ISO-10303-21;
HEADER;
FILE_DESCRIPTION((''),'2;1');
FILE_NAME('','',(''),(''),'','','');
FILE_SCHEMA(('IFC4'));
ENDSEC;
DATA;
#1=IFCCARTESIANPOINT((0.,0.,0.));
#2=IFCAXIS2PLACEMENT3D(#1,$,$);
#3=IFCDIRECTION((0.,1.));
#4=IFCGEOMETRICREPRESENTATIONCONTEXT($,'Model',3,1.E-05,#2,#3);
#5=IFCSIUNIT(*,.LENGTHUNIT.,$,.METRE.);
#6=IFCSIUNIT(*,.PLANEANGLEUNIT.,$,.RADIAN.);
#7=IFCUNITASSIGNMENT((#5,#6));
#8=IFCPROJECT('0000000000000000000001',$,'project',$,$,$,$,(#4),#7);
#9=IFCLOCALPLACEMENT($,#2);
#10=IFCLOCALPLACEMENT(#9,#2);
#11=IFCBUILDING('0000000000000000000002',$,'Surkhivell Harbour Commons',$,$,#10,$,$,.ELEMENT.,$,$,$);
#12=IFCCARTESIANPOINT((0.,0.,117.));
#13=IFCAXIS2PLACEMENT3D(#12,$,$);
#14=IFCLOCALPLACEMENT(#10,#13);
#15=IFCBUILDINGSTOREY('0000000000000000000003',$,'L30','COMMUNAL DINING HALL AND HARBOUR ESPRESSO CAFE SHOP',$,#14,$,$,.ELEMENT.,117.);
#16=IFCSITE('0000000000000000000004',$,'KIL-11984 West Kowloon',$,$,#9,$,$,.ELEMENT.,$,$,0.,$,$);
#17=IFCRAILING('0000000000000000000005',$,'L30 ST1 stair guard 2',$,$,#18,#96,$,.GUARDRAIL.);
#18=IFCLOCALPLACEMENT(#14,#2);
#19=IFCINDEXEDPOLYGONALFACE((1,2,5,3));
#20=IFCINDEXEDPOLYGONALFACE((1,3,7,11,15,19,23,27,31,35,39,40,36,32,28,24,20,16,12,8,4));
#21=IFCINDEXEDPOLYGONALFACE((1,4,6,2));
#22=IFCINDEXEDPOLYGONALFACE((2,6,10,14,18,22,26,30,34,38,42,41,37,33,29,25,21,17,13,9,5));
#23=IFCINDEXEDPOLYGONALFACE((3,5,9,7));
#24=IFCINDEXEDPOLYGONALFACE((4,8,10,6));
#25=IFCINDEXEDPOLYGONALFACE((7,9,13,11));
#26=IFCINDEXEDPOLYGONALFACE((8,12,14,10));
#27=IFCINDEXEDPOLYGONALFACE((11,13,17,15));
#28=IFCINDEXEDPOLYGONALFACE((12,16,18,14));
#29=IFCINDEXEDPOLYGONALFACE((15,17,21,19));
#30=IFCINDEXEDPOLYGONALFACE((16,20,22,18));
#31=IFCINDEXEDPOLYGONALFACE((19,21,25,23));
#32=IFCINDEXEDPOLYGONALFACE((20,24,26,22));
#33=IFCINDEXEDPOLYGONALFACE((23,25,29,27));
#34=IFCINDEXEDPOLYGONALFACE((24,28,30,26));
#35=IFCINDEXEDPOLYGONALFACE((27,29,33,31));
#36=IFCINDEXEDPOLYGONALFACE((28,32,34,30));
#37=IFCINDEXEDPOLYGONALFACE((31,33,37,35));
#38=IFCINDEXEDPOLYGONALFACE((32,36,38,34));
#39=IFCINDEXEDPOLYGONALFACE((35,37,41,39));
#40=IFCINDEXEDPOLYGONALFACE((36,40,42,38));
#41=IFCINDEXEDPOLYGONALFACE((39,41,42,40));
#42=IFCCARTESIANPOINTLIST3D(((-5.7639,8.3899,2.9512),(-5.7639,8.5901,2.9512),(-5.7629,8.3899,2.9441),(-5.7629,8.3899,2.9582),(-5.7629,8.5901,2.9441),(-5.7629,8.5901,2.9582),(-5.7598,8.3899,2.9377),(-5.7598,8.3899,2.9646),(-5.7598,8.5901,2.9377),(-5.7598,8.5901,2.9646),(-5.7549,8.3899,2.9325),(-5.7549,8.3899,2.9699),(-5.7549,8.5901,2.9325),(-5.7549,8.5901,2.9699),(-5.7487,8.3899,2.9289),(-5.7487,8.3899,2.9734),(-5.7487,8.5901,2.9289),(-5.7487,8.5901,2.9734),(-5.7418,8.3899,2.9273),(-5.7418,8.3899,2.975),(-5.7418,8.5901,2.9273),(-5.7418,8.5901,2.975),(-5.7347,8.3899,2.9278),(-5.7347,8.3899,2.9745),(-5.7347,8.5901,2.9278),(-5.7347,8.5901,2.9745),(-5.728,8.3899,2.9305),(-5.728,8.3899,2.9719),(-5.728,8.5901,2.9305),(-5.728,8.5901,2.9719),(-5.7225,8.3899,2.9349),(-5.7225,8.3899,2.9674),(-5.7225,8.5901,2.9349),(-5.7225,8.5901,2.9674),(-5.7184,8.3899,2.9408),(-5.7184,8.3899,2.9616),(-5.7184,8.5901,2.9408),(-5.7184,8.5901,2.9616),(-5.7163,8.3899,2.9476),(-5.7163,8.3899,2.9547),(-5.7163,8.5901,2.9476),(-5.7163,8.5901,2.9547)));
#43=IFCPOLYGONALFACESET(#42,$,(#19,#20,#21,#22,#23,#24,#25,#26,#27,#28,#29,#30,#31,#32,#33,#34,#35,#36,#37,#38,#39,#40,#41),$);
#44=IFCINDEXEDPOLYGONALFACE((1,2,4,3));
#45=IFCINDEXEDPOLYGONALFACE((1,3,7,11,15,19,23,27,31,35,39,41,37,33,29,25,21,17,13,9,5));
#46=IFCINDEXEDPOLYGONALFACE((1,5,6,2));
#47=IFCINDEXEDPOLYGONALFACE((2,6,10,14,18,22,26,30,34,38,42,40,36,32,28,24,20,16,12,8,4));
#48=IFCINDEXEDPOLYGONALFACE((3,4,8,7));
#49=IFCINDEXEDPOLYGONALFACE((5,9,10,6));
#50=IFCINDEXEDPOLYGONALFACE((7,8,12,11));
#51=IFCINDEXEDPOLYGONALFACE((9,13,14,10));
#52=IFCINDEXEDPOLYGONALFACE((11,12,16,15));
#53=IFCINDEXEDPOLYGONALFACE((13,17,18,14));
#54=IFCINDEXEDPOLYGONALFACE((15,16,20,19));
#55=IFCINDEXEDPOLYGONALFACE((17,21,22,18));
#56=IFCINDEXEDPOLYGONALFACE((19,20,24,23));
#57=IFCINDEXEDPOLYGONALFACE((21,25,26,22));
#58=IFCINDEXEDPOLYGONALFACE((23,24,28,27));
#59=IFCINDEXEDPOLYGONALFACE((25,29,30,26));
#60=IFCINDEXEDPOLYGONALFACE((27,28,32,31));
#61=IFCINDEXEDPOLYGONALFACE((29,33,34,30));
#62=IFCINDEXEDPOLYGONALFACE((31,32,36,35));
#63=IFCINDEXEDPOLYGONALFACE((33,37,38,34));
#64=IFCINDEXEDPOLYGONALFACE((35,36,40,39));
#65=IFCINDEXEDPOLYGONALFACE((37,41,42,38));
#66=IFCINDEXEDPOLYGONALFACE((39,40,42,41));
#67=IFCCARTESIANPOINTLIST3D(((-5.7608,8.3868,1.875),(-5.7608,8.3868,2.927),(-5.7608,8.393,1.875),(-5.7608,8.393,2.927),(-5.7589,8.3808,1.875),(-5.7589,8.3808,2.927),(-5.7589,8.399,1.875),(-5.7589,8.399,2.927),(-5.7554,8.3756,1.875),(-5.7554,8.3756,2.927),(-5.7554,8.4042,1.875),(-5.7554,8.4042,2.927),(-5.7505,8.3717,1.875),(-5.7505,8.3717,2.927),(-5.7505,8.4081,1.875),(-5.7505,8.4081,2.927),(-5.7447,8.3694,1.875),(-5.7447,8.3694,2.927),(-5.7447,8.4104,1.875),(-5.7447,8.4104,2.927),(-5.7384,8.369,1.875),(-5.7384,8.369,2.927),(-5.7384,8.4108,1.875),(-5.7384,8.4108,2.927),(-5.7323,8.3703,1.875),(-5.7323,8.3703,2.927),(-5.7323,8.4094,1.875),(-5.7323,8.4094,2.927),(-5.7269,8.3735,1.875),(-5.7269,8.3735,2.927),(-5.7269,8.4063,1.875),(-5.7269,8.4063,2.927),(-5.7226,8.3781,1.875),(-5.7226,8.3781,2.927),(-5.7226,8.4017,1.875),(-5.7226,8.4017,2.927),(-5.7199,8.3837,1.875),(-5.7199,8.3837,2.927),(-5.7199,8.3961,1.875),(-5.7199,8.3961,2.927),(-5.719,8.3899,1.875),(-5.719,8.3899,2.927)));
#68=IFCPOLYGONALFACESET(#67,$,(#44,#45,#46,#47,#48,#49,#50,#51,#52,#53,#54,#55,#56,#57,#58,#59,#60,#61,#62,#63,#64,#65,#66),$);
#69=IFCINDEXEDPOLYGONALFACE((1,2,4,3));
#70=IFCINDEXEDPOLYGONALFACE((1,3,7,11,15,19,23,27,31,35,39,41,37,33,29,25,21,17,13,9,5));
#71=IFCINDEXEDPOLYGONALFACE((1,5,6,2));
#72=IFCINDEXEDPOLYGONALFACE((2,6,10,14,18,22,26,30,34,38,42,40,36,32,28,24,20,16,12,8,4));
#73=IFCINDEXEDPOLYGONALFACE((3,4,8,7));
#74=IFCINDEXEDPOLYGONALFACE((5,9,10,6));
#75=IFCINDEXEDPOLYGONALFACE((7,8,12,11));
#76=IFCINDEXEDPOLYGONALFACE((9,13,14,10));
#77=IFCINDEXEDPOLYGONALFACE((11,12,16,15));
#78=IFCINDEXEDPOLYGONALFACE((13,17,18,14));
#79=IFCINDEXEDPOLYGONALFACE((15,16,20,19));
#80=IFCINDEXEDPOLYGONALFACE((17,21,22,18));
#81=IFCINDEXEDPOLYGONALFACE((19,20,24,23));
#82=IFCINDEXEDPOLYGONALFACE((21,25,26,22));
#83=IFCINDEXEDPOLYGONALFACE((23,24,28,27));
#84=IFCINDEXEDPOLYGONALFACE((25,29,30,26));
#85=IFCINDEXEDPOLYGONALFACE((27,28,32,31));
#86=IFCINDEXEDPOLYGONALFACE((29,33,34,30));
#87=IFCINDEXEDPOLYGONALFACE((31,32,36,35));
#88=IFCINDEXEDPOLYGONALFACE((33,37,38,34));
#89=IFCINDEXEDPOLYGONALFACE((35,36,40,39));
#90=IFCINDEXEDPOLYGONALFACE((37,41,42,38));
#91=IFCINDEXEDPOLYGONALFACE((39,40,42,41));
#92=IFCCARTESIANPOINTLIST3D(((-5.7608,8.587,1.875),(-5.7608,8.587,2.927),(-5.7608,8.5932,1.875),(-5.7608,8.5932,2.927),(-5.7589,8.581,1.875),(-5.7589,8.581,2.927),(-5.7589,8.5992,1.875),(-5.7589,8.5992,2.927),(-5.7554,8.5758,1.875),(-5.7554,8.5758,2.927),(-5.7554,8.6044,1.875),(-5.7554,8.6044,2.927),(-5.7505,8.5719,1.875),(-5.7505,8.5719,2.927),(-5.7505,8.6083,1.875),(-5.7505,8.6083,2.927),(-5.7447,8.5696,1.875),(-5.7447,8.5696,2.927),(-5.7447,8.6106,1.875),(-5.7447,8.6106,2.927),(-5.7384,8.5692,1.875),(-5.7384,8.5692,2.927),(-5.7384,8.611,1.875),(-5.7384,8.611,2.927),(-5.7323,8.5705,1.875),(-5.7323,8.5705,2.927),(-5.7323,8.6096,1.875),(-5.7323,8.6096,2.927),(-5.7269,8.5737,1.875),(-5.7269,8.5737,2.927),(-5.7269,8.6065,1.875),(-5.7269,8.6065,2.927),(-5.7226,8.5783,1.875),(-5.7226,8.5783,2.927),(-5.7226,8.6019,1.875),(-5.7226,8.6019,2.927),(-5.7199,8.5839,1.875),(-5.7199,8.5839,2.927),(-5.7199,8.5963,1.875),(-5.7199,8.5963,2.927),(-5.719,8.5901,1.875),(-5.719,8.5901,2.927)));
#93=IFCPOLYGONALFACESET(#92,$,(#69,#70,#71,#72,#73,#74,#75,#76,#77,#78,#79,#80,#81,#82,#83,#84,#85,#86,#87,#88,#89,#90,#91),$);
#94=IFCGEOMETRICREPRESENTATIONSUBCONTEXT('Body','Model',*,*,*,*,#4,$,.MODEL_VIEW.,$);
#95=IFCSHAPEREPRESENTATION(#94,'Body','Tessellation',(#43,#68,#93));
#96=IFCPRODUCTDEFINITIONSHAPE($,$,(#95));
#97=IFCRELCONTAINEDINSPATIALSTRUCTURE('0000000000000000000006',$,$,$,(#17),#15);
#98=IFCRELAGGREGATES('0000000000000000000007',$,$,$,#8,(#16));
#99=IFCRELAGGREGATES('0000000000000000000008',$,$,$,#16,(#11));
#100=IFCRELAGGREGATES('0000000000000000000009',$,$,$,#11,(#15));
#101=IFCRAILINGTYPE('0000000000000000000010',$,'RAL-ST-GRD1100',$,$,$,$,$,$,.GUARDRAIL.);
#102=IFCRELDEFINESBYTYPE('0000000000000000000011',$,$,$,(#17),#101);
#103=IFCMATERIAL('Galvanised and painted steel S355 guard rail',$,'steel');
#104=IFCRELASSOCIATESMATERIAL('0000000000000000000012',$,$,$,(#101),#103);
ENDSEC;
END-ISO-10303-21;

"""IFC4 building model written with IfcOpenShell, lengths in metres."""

from ifc_helpers import new_model, si_unit, direction, frame, origin, origin_2d, place, context, subcontext, project, spatial, circle, extrude, material, type_object, element, save


model = new_model("IFC4")

# Units and contexts
model_context = context("Model", 3, precision=1e-05, world=origin(), true_north=direction((0.0, 1.0)))
body_context = subcontext(model_context, "Body", "Model", "MODEL_VIEW")
ifc_project = project(units=[si_unit("LENGTHUNIT", "METRE"), si_unit("PLANEANGLEUNIT", "RADIAN")], contexts=[model_context])

# Site, building, storey
site_placement = place(None, origin())
site = spatial("IfcSite", under=ifc_project, at=site_placement, Name="KIL-11984 West Kowloon", CompositionType="ELEMENT", RefElevation=0.0)
building_placement = place(site_placement, origin())
building = spatial("IfcBuilding", under=site, at=building_placement, Name="Surkhivell Harbour Commons", CompositionType="ELEMENT")
storey_placement = place(building_placement, frame((0.0, 0.0, 117.0)))
storey = spatial("IfcBuildingStorey", under=building, at=storey_placement, Name="L30", Description="COMMUNAL DINING HALL AND HARBOUR ESPRESSO CAFE SHOP", CompositionType="ELEMENT", Elevation=117.0)

# Railing
ifc_material_1 = material(Name="Galvanised and painted steel S355 guard rail", Category="steel")
railing_type_1 = type_object("IfcRailingType", Name="RAL-ST-GRD1100", PredefinedType="GUARDRAIL", material=ifc_material_1)
railing_1_placement = place(storey_placement, frame((-5.74, 8.3899, 1.875)))
element("IfcRailing", 1, at=railing_1_placement, inside=storey, type_object=railing_type_1, Name="L30 ST1 stair guard 2", PredefinedType="GUARDRAIL", context=body_context, shape_type="SweptSolid", body=[
    extrude(circle(Radius=0.0239, at=origin_2d()), frame((0.0, 0.0, 1.0762), z_axis=(0.0, 1.0, 0.0), x_axis=(-1.0, 0.0, 0.0)), (0.0, 0.0, 1.0), 0.2002),
    extrude(circle(Radius=0.021, at=origin_2d()), origin(), (0.0, 0.0, 1.0), 1.052),
    extrude(circle(Radius=0.021, at=origin_2d()), frame((0.0, 0.2002, 0.0)), (0.0, 0.0, 1.0), 1.052),
])

save(model, "model.ifc")
